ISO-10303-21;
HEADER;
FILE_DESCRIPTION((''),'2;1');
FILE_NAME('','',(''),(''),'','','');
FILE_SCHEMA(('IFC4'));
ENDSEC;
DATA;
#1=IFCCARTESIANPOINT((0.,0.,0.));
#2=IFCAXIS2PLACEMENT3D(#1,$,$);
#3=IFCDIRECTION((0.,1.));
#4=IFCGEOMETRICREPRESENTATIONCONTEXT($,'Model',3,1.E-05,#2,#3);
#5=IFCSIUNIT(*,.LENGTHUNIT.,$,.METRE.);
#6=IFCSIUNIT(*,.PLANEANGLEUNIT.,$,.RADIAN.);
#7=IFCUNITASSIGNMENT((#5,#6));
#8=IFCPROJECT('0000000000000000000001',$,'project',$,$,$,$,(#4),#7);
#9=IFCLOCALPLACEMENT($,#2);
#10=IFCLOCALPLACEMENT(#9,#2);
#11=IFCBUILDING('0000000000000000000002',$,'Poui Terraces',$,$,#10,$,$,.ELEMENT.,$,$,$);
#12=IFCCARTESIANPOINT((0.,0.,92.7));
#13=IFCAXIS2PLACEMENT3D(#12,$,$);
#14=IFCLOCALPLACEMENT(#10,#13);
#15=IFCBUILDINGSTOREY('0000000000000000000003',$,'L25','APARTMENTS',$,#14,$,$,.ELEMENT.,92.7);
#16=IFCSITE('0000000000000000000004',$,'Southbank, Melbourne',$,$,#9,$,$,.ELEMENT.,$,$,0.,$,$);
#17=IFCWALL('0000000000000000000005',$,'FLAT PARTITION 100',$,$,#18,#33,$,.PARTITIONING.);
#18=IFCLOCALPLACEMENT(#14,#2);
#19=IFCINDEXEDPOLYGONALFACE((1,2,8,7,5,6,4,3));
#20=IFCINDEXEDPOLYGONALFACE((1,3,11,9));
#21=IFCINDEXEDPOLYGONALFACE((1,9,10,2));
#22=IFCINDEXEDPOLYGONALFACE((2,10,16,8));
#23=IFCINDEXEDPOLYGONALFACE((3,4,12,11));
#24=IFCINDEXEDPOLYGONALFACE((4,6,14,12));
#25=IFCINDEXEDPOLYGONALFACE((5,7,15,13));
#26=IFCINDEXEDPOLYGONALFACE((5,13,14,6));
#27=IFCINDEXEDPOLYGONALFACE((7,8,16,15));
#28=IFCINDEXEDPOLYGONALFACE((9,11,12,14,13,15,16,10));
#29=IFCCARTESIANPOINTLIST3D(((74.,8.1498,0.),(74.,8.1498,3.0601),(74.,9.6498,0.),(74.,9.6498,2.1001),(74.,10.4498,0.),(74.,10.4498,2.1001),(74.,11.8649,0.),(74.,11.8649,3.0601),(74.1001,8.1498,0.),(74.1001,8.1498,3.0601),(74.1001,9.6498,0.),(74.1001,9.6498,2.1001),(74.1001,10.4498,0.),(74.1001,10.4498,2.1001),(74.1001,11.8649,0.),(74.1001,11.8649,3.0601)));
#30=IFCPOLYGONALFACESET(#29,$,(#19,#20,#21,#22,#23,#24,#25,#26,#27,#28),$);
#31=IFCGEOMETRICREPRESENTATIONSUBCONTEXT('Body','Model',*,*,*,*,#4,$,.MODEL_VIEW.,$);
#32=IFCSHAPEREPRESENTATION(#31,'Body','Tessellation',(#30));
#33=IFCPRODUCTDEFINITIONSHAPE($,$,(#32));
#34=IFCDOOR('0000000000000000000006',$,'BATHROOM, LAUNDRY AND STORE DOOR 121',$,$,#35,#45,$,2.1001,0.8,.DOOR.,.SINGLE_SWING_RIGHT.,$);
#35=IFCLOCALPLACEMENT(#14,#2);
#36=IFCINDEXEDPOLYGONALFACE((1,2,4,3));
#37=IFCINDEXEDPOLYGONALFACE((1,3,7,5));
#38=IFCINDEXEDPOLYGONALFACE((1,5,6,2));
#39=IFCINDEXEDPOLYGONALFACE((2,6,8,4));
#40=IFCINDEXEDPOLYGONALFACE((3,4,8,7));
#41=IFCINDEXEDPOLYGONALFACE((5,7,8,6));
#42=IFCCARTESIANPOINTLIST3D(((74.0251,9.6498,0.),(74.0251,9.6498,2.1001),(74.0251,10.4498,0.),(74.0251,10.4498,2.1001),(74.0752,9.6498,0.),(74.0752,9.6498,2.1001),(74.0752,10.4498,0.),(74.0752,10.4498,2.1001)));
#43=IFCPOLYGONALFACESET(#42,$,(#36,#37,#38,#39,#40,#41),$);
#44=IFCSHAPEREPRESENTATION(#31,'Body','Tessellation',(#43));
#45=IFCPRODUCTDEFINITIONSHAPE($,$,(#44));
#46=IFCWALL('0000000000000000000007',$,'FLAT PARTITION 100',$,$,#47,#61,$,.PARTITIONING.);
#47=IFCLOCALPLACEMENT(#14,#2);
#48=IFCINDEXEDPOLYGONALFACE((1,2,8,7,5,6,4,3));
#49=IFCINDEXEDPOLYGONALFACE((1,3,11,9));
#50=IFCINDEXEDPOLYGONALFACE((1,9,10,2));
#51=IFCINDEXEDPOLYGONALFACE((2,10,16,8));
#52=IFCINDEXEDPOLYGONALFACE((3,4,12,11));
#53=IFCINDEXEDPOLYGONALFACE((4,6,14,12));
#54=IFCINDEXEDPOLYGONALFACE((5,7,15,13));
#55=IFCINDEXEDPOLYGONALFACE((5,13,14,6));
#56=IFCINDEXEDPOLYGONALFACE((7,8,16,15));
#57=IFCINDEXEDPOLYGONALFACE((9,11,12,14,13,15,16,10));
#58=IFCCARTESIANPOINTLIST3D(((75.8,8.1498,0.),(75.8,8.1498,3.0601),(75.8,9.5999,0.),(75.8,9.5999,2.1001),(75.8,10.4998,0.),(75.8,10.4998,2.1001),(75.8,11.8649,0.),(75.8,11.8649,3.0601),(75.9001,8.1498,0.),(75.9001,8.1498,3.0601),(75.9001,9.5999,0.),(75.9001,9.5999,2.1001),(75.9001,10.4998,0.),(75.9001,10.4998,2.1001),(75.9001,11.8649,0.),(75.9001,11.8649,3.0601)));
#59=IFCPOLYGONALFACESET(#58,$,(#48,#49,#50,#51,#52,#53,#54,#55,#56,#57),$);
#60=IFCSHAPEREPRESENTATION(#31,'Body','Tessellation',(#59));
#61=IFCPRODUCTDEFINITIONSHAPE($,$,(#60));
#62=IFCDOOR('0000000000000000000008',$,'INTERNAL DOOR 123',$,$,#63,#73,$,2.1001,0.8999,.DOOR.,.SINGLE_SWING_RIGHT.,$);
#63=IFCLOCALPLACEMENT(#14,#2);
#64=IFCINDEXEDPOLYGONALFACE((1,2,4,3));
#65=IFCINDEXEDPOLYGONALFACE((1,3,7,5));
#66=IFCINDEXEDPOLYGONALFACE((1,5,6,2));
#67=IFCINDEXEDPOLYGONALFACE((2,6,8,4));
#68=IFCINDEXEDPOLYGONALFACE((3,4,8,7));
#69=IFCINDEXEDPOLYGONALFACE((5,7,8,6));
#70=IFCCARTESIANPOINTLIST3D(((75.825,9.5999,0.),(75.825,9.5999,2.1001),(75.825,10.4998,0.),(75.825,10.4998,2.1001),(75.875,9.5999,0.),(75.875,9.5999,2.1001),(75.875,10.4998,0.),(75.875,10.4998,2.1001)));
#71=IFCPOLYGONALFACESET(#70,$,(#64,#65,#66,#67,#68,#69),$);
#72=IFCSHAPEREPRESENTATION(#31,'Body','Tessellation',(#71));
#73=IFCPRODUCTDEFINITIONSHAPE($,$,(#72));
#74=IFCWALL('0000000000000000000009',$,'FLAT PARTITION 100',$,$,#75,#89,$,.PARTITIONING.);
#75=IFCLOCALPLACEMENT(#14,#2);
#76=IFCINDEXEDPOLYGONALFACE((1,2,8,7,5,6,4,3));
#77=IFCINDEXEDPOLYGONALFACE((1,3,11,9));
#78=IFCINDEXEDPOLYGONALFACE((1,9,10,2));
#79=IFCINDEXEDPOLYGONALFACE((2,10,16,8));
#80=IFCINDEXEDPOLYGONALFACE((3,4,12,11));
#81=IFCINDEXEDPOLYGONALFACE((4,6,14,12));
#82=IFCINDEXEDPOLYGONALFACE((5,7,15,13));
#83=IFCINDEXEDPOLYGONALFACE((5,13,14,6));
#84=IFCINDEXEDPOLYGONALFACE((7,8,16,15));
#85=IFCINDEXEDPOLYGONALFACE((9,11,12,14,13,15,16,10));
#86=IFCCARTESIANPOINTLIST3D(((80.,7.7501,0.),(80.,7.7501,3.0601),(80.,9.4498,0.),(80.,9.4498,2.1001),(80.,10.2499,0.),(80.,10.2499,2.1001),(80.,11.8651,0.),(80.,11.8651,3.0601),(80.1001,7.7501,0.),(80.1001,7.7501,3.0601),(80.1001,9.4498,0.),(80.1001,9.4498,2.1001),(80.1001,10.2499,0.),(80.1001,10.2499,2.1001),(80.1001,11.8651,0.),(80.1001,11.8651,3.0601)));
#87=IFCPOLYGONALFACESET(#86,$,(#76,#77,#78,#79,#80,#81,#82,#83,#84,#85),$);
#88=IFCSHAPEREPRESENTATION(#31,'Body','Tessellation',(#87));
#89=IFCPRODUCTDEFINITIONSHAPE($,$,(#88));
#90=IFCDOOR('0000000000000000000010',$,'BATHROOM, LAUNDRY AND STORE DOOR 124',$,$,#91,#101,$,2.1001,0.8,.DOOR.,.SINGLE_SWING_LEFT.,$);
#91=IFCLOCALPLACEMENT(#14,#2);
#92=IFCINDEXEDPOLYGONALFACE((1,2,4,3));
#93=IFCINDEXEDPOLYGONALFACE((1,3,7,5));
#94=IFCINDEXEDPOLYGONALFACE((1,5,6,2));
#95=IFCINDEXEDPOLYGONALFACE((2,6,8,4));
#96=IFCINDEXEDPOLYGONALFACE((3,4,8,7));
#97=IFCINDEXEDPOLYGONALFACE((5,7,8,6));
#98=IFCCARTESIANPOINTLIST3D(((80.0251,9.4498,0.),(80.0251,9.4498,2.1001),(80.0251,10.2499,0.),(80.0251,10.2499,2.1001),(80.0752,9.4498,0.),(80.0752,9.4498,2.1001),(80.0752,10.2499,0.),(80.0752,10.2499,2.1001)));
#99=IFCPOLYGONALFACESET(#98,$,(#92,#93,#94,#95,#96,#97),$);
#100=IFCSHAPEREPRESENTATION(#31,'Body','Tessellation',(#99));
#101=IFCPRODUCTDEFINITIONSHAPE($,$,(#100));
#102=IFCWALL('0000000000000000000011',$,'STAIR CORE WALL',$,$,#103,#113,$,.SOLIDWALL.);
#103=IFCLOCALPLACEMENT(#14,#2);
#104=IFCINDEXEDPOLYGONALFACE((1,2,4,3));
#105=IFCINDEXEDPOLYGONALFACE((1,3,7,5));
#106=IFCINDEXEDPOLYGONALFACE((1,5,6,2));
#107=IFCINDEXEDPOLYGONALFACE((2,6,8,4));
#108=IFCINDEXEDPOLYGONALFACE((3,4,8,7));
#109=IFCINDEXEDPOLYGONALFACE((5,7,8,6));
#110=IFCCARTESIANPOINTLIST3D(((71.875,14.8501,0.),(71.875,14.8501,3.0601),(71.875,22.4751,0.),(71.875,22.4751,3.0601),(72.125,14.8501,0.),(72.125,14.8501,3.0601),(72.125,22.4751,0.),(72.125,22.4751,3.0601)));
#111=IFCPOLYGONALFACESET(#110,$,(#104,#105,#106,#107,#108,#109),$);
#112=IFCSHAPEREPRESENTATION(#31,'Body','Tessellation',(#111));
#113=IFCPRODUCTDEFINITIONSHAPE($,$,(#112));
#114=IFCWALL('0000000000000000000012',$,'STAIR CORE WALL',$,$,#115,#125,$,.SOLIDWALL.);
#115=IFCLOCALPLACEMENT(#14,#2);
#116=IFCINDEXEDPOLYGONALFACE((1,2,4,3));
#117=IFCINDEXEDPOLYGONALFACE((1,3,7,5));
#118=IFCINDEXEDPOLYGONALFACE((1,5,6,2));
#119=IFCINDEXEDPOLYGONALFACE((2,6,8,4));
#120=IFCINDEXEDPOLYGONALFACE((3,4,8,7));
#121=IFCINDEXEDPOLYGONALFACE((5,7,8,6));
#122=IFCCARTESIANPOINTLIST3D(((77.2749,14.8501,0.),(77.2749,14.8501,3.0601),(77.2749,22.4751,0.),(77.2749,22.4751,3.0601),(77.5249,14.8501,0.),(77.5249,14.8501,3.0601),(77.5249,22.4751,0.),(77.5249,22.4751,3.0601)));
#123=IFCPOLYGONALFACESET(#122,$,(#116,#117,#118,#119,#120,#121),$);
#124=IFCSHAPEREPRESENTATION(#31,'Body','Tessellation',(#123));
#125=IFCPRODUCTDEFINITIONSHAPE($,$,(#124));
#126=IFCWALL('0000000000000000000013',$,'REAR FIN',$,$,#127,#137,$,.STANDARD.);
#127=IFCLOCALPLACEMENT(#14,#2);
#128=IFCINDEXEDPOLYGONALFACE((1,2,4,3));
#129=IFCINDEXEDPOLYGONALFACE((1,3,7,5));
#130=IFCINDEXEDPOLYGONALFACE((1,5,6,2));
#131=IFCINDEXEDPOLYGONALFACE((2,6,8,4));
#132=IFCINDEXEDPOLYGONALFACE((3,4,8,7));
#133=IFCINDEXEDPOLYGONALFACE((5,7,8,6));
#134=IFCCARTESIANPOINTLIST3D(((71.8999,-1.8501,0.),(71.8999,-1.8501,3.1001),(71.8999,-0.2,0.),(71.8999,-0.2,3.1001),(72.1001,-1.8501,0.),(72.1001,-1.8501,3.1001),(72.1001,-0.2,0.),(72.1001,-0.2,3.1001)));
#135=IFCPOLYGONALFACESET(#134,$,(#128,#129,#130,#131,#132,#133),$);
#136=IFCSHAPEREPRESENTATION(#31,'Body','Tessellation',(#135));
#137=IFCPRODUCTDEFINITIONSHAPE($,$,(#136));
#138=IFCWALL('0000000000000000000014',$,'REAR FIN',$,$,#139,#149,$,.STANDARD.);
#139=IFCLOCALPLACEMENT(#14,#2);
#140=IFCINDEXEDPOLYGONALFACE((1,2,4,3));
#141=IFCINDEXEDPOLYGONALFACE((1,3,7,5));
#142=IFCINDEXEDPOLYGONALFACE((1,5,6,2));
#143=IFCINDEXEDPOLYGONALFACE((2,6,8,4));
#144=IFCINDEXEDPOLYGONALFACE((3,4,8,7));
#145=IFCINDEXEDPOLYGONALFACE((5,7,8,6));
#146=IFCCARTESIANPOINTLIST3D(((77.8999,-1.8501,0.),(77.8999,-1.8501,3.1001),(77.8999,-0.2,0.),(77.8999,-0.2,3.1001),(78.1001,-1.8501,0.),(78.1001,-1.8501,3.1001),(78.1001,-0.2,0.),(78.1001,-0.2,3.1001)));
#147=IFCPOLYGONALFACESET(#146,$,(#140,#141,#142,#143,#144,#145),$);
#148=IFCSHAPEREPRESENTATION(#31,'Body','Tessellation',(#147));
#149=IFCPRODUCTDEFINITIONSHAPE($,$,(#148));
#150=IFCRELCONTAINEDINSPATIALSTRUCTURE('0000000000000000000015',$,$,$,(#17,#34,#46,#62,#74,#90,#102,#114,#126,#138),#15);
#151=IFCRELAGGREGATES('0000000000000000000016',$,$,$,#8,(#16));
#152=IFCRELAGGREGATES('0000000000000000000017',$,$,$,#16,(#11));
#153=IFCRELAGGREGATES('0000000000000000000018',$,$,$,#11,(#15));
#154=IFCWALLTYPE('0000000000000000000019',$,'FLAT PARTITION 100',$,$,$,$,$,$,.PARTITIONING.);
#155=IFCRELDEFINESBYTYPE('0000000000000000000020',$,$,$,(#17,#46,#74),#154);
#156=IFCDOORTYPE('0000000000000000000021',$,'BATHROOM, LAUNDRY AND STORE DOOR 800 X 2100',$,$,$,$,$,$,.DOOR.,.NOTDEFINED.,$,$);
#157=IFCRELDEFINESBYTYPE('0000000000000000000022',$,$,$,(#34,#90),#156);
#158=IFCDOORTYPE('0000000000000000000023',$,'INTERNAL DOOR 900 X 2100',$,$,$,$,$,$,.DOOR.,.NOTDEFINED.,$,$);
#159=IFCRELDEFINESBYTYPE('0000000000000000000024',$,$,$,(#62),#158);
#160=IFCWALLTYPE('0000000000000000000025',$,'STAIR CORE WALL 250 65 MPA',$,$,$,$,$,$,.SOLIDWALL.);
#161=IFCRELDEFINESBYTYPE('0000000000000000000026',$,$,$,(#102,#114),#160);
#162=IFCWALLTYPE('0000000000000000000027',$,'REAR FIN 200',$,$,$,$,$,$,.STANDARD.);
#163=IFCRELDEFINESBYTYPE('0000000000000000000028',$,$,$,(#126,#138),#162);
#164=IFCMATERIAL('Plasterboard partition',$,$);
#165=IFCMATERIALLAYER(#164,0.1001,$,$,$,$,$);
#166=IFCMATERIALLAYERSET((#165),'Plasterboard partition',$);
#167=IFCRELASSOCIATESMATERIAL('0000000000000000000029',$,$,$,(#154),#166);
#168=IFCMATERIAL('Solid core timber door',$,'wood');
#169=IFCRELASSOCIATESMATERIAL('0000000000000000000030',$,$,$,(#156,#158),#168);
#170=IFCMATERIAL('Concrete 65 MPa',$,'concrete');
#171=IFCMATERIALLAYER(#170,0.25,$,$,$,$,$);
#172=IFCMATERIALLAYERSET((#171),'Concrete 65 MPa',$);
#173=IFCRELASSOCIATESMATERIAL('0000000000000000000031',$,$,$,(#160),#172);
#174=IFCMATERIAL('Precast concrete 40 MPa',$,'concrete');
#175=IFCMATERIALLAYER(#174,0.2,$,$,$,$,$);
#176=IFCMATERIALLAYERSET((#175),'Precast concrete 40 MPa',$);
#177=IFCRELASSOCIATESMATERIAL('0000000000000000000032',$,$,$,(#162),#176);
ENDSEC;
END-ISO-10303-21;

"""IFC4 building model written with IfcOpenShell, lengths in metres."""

from ifc_helpers import new_model, si_unit, direction, frame, frame_2d, origin, place, context, subcontext, project, spatial, polyline, rectangle, outline, extrude, source, transform, mapped, material, layer, layer_set, type_object, element, fill, save


model = new_model("IFC4")

# Units and contexts
model_context = context("Model", 3, precision=1e-05, world=origin(), true_north=direction((0.0, 1.0)))
body_context = subcontext(model_context, "Body", "Model", "MODEL_VIEW")
ifc_project = project(units=[si_unit("LENGTHUNIT", "METRE"), si_unit("PLANEANGLEUNIT", "RADIAN")], contexts=[model_context])

# Site, building, storey
site_placement = place(None, origin())
site = spatial("IfcSite", under=ifc_project, at=site_placement, Name="Southbank, Melbourne", CompositionType="ELEMENT", RefElevation=0.0)
building_placement = place(site_placement, origin())
building = spatial("IfcBuilding", under=site, at=building_placement, Name="Poui Terraces", CompositionType="ELEMENT")
storey_placement = place(building_placement, frame((0.0, 0.0, 92.7)))
storey = spatial("IfcBuildingStorey", under=building, at=storey_placement, Name="L25", Description="APARTMENTS", CompositionType="ELEMENT", Elevation=92.7)

# Shared definitions
ifc_material_1 = material(Name="Concrete 65 MPa", Category="concrete")

# Shared definitions
ifc_material_2 = material(Name="Precast concrete 40 MPa", Category="concrete")

# Shared definitions
ifc_material_3 = material(Name="Plasterboard partition")
ifc_layer_1 = layer(ifc_material_3, 0.1001)
ifc_layer_set_1 = layer_set([ifc_layer_1], Name="Plasterboard partition")
wall_type_1 = type_object("IfcWallType", Name="FLAT PARTITION 100", PredefinedType="PARTITIONING", material=ifc_layer_set_1)

# Walls, openings, doors
wall_1_placement = place(storey_placement, frame((74.05, 8.1499, 0.0), z_axis=(0.0, 0.0, 1.0), x_axis=(0.0, 1.0, 0.0)))
wall_1 = element("IfcWall", 1, at=wall_1_placement, inside=storey, type_object=wall_type_1, Name="FLAT PARTITION 100", PredefinedType="PARTITIONING", context=body_context, shape_type="SweptSolid", body=[
    extrude(rectangle(XDim=3.7151, YDim=0.1001, at=frame_2d((1.8574, 0.0))), origin(), (0.0, 0.0, 1.0), 3.0601),
])
opening_1_placement = place(wall_1_placement, frame((1.5, 0.0, 0.0)))
opening_1 = element("IfcOpeningElement", 2, at=opening_1_placement, cuts=wall_1, PredefinedType="OPENING", context=body_context, shape_type="SweptSolid", body=[
    extrude(rectangle(XDim=0.8, YDim=2.1001, at=frame_2d((0.3999, 1.05))), frame((0.0, 0.0601, 0.0), z_axis=(0.0, -1.0, 0.0), x_axis=(1.0, 0.0, 0.0)), (0.0, 0.0, 1.0), 0.1201),
])
ifc_material_4 = material(Name="Solid core timber door", Category="wood")
door_type_1 = type_object("IfcDoorType", Name="BATHROOM, LAUNDRY AND STORE DOOR 800 X 2100", OperationType="NOTDEFINED", PredefinedType="DOOR", material=ifc_material_4)
door_1_placement = place(opening_1_placement, origin())
door_1 = element("IfcDoor", 3, at=door_1_placement, inside=storey, type_object=door_type_1, Name="BATHROOM, LAUNDRY AND STORE DOOR 121", OperationType="SINGLE_SWING_RIGHT", OverallHeight=2.1001, OverallWidth=0.8, PredefinedType="DOOR", context=body_context, shape_type="SweptSolid", body=[
    extrude(rectangle(XDim=0.8, YDim=2.1001, at=frame_2d((0.3999, 1.05))), frame((0.0, 0.0249, 0.0), z_axis=(0.0, -1.0, 0.0), x_axis=(1.0, 0.0, 0.0)), (0.0, 0.0, 1.0), 0.05),
])
fill(opening_1, door_1)
wall_2_placement = place(storey_placement, frame((75.8501, 8.1499, 0.0), z_axis=(0.0, 0.0, 1.0), x_axis=(0.0, 1.0, 0.0)))
wall_2 = element("IfcWall", 4, at=wall_2_placement, inside=storey, type_object=wall_type_1, Name="FLAT PARTITION 100", PredefinedType="PARTITIONING", context=body_context, shape_type="SweptSolid", body=[
    extrude(rectangle(XDim=3.7151, YDim=0.1001, at=frame_2d((1.8574, 0.0))), origin(), (0.0, 0.0, 1.0), 3.0601),
])
opening_2_placement = place(wall_2_placement, frame((1.45, 0.0, 0.0)))
opening_2 = element("IfcOpeningElement", 5, at=opening_2_placement, cuts=wall_2, PredefinedType="OPENING", context=body_context, shape_type="SweptSolid", body=[
    extrude(rectangle(XDim=0.8999, YDim=2.1001, at=frame_2d((0.45, 1.05))), frame((0.0, 0.0601, 0.0), z_axis=(0.0, -1.0, 0.0), x_axis=(1.0, 0.0, 0.0)), (0.0, 0.0, 1.0), 0.1201),
])
door_type_2 = type_object("IfcDoorType", Name="INTERNAL DOOR 900 X 2100", OperationType="NOTDEFINED", PredefinedType="DOOR", material=ifc_material_4)
door_2_placement = place(opening_2_placement, frame((0.8999, 0.0, 0.0), z_axis=(0.0, 0.0, 1.0), x_axis=(-1.0, 0.0, 0.0)))
door_2 = element("IfcDoor", 6, at=door_2_placement, inside=storey, type_object=door_type_2, Name="INTERNAL DOOR 123", OperationType="SINGLE_SWING_RIGHT", OverallHeight=2.1001, OverallWidth=0.8999, PredefinedType="DOOR", context=body_context, shape_type="SweptSolid", body=[
    extrude(rectangle(XDim=0.8999, YDim=2.1001, at=frame_2d((0.45, 1.05))), frame((0.0, 0.0249, 0.0), z_axis=(0.0, -1.0, 0.0), x_axis=(1.0, 0.0, 0.0)), (0.0, 0.0, 1.0), 0.05),
])
fill(opening_2, door_2)
wall_3_placement = place(storey_placement, frame((80.05, 7.75, 0.0), z_axis=(0.0, 0.0, 1.0), x_axis=(0.0, 1.0, 0.0)))
wall_3 = element("IfcWall", 7, at=wall_3_placement, inside=storey, type_object=wall_type_1, Name="FLAT PARTITION 100", PredefinedType="PARTITIONING", context=body_context, shape_type="SweptSolid", body=[
    extrude(rectangle(XDim=4.115, YDim=0.1001, at=frame_2d((2.0576, 0.0))), origin(), (0.0, 0.0, 1.0), 3.0601),
])
opening_3_placement = place(wall_3_placement, frame((1.7, 0.0, 0.0)))
opening_3 = element("IfcOpeningElement", 8, at=opening_3_placement, cuts=wall_3, PredefinedType="OPENING", context=body_context, shape_type="SweptSolid", body=[
    extrude(rectangle(XDim=0.8, YDim=2.1001, at=frame_2d((0.3999, 1.05))), frame((0.0, 0.0601, 0.0), z_axis=(0.0, -1.0, 0.0), x_axis=(1.0, 0.0, 0.0)), (0.0, 0.0, 1.0), 0.1201),
])
door_3_placement = place(opening_3_placement, origin())
door_3 = element("IfcDoor", 9, at=door_3_placement, inside=storey, type_object=door_type_1, Name="BATHROOM, LAUNDRY AND STORE DOOR 124", OperationType="SINGLE_SWING_LEFT", OverallHeight=2.1001, OverallWidth=0.8, PredefinedType="DOOR", context=body_context, shape_type="SweptSolid", body=[
    extrude(rectangle(XDim=0.8, YDim=2.1001, at=frame_2d((0.3999, 1.05))), frame((0.0, 0.0249, 0.0), z_axis=(0.0, -1.0, 0.0), x_axis=(1.0, 0.0, 0.0)), (0.0, 0.0, 1.0), 0.05),
])
fill(opening_3, door_3)

# Walls
ifc_layer_2 = layer(ifc_material_1, 0.25)
ifc_layer_set_2 = layer_set([ifc_layer_2], Name="Concrete 65 MPa")
wall_type_2 = type_object("IfcWallType", Name="STAIR CORE WALL 250 65 MPA", PredefinedType="SOLIDWALL", material=ifc_layer_set_2)
for number, where, z_axis, x_axis, name in (
    (10, (72.0, 14.8501, 0.0), (0.0, 0.0, 1.0), (0.0, 1.0, 0.0), "STAIR CORE WALL"),
    (11, (77.3999, 14.8501, 0.0), (0.0, 0.0, 1.0), (0.0, 1.0, 0.0), "STAIR CORE WALL"),
):
    element("IfcWall", number, at=place(storey_placement, frame(where, z_axis=z_axis, x_axis=x_axis)), inside=storey, type_object=wall_type_2, Name=name, PredefinedType="SOLIDWALL", context=body_context, shape_type="SweptSolid", body=[
        extrude(rectangle(XDim=7.625, YDim=0.25, at=frame_2d((3.8125, 0.0))), origin(), (0.0, 0.0, 1.0), 3.0601),
    ])
ifc_layer_3 = layer(ifc_material_2, 0.2)
ifc_layer_set_3 = layer_set([ifc_layer_3], Name="Precast concrete 40 MPa")
wall_type_3 = type_object("IfcWallType", Name="REAR FIN 200", PredefinedType="STANDARD", material=ifc_layer_set_3)
shared_shape_1 = source(origin(), body_context, "Body", "SweptSolid", [
    extrude(outline(polyline([(0.0, 0.0), (0.2002, 0.0), (0.2002, 1.6501), (0.0, 1.6501), (0.0, 0.0)])), origin(), (0.0, 0.0, 1.0), 3.1001),
])
for number, where, name in (
    (12, (71.8999, -1.8501, 0.0), "REAR FIN"),
    (13, (77.8999, -1.8501, 0.0), "REAR FIN"),
):
    element("IfcWall", number, at=place(storey_placement, frame(where)), inside=storey, type_object=wall_type_3, Name=name, PredefinedType="STANDARD", context=body_context, shape_type="MappedRepresentation", body=[
        mapped(shared_shape_1, transform((0.0, 0.0, 0.0))),
    ])

save(model, "model.ifc")
